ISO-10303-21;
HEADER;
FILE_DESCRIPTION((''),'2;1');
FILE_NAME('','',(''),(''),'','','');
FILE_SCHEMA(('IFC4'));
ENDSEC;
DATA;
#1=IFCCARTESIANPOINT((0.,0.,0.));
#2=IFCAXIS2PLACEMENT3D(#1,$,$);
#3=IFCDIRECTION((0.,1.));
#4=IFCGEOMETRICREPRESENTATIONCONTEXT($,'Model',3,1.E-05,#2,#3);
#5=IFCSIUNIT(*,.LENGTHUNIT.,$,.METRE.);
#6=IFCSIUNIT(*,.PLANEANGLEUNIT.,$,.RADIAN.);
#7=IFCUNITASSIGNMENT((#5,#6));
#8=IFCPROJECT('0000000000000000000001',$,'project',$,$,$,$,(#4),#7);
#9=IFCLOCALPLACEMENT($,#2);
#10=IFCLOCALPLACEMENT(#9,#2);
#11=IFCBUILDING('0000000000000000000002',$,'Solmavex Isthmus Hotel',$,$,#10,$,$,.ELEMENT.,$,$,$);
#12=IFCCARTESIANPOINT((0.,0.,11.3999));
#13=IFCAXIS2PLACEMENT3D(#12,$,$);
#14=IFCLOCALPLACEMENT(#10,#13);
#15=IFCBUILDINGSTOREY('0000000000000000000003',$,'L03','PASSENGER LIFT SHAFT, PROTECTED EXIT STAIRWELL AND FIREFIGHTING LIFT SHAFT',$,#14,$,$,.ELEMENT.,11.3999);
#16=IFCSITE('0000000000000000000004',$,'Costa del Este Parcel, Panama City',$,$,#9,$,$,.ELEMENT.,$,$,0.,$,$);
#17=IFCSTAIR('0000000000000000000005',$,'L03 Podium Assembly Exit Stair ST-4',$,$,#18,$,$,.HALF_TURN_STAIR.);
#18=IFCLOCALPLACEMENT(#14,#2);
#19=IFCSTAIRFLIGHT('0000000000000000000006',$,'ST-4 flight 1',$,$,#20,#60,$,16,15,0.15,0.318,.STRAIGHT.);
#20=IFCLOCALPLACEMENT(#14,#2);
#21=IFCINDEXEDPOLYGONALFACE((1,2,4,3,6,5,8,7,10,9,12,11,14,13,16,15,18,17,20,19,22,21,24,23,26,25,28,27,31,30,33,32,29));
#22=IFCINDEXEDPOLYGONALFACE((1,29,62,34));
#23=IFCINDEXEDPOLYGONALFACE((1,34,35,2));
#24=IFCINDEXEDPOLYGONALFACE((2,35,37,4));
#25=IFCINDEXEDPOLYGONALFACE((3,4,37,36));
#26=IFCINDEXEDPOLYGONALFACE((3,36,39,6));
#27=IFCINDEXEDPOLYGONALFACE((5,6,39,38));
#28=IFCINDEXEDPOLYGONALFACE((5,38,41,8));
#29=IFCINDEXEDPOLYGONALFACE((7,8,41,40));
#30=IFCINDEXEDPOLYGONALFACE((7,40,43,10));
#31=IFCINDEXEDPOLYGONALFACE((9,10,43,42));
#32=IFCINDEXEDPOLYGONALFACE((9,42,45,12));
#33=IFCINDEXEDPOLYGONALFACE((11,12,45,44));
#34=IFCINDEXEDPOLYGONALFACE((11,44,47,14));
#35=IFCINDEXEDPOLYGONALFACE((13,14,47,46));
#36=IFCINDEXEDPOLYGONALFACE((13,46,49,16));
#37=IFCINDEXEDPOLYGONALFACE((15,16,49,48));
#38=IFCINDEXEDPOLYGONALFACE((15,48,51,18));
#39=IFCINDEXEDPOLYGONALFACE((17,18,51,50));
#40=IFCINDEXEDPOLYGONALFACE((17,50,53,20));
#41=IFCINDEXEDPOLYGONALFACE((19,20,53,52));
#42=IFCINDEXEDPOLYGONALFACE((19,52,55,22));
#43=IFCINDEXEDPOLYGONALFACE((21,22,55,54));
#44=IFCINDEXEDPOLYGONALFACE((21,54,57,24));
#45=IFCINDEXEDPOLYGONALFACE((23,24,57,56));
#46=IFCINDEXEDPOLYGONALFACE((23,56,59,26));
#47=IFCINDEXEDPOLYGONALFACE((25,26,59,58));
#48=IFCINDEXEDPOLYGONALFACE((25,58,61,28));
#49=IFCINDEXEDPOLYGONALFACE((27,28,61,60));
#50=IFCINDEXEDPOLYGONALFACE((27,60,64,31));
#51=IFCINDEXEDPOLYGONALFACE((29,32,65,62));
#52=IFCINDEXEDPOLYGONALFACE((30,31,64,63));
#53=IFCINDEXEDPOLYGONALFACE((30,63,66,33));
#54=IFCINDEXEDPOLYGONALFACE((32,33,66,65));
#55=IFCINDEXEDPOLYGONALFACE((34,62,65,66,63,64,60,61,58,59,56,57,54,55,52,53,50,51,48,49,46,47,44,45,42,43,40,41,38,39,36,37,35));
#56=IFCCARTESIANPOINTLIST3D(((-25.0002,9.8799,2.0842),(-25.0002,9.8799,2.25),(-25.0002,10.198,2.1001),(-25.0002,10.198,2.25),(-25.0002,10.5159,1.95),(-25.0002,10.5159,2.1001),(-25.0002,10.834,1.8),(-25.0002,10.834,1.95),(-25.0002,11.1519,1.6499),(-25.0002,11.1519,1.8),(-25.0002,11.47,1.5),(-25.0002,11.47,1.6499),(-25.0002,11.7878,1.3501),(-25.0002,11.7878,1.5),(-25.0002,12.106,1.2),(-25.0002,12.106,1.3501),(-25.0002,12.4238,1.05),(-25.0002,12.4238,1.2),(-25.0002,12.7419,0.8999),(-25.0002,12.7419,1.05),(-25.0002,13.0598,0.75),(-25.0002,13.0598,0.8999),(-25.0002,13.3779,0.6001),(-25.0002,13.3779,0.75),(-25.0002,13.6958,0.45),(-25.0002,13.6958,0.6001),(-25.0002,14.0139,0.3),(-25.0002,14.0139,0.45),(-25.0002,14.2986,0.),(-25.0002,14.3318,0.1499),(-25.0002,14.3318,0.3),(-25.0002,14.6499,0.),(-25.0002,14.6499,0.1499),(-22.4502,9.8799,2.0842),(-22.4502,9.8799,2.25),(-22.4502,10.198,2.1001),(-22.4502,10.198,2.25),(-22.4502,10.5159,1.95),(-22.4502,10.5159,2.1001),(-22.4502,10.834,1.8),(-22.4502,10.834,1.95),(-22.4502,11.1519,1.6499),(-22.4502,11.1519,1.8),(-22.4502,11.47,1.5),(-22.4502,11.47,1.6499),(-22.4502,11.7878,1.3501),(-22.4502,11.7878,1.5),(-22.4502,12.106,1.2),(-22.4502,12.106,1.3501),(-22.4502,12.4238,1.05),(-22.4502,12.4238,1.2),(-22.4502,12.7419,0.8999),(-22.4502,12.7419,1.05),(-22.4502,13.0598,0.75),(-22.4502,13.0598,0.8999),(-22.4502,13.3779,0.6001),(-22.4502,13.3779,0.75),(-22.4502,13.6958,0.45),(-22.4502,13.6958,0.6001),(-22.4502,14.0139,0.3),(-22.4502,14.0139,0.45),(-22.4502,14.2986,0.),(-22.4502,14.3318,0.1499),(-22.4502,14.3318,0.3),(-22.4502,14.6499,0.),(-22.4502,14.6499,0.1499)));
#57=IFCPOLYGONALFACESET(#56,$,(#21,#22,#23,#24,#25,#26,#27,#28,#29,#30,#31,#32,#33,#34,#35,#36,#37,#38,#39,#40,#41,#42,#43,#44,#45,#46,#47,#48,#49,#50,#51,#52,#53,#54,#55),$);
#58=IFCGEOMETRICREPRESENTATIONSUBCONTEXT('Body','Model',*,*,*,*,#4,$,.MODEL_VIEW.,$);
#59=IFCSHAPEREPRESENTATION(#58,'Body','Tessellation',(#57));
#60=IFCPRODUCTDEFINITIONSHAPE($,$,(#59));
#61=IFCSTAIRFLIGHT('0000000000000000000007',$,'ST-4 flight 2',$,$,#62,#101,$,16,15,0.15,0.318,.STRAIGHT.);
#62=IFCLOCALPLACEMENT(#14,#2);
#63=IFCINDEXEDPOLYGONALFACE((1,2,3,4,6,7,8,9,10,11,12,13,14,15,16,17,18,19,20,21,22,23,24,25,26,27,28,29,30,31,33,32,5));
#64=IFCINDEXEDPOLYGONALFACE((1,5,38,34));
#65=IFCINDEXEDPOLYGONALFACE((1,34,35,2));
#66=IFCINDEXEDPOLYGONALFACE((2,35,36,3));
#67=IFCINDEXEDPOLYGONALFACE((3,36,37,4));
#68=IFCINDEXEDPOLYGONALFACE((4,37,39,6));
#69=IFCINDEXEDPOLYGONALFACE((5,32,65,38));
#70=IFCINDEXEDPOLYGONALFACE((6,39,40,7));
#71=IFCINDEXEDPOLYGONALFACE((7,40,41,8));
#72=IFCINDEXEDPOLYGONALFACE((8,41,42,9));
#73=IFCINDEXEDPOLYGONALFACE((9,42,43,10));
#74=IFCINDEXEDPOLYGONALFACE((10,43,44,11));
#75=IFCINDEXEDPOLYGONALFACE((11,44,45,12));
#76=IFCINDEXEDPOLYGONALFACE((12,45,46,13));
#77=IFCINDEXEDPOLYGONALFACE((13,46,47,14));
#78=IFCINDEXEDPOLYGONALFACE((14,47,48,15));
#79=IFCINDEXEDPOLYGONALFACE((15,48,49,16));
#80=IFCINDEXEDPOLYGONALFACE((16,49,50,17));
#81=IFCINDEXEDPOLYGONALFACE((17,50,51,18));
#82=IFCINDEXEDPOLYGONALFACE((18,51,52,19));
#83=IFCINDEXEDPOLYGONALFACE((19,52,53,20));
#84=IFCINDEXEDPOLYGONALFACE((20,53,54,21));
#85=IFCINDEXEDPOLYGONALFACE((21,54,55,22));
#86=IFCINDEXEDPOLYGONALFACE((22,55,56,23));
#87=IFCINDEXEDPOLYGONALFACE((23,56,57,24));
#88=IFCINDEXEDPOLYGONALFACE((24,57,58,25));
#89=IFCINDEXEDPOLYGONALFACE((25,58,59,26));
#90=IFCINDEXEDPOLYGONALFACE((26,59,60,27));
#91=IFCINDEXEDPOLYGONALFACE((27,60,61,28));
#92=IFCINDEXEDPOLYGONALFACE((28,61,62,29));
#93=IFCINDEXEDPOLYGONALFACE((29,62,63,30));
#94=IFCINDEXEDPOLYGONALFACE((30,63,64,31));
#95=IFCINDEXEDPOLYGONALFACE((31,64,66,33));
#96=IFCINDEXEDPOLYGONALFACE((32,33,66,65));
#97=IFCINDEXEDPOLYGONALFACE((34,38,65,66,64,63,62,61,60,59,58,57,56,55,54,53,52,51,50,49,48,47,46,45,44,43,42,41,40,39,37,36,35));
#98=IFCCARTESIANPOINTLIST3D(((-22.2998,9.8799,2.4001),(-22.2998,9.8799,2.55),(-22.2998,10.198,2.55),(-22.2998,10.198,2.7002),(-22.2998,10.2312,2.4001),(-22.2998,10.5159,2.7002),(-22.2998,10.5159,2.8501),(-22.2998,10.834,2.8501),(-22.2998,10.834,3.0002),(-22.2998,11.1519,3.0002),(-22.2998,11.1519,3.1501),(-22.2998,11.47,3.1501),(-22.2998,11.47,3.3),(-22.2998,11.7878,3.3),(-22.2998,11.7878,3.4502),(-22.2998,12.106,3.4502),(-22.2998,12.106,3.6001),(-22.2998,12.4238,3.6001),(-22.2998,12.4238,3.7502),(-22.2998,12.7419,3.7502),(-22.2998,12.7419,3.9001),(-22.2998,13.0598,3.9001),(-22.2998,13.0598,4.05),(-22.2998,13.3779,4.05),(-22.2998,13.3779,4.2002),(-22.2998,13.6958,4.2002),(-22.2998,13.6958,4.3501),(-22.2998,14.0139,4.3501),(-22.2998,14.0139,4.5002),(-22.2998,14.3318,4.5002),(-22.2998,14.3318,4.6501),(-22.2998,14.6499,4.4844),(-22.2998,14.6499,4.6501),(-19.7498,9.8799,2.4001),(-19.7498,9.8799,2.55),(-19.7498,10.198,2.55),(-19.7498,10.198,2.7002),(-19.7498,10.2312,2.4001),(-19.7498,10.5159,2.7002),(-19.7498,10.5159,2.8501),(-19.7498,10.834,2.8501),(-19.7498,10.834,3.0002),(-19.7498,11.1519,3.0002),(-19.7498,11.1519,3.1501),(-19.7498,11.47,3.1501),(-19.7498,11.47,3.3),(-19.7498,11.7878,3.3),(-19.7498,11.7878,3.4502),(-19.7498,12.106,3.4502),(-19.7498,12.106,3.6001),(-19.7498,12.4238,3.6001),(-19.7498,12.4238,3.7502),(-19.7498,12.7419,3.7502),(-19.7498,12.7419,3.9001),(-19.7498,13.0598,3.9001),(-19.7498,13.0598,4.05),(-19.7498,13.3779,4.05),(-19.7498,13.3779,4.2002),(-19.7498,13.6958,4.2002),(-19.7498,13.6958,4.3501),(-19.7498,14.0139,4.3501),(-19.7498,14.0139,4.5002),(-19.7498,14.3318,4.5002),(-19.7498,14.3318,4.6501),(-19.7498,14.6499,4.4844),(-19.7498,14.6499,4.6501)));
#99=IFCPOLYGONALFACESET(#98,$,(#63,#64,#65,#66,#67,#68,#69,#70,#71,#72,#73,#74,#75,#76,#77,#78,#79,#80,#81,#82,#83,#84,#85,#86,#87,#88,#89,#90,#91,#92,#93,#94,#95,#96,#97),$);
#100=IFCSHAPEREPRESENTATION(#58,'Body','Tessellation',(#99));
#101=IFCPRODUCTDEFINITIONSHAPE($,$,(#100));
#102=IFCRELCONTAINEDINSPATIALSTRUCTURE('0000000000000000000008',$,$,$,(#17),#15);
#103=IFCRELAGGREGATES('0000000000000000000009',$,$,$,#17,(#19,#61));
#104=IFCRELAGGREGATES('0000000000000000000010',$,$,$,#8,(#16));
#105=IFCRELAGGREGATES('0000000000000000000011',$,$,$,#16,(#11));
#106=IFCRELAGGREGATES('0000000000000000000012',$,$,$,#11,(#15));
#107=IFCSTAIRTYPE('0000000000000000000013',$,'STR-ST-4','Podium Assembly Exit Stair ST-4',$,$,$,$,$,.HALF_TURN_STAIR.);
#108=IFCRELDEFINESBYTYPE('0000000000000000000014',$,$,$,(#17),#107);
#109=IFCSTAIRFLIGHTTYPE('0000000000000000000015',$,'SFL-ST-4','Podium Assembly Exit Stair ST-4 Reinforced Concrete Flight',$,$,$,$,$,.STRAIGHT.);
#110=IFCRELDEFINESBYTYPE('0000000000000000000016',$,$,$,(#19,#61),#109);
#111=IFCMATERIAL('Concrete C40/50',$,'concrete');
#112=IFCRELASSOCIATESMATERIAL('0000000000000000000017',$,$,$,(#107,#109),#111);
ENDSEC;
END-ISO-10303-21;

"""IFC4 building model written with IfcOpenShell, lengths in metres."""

from ifc_helpers import new_model, si_unit, direction, frame, origin, place, context, subcontext, project, spatial, polyline, outline, extrude, material, type_object, element, aggregate, save


model = new_model("IFC4")

# Units and contexts
model_context = context("Model", 3, precision=1e-05, world=origin(), true_north=direction((0.0, 1.0)))
body_context = subcontext(model_context, "Body", "Model", "MODEL_VIEW")
ifc_project = project(units=[si_unit("LENGTHUNIT", "METRE"), si_unit("PLANEANGLEUNIT", "RADIAN")], contexts=[model_context])

# Site, building, storey
site_placement = place(None, origin())
site = spatial("IfcSite", under=ifc_project, at=site_placement, Name="Costa del Este Parcel, Panama City", CompositionType="ELEMENT", RefElevation=0.0)
building_placement = place(site_placement, origin())
building = spatial("IfcBuilding", under=site, at=building_placement, Name="Solmavex Isthmus Hotel", CompositionType="ELEMENT")
storey_placement = place(building_placement, frame((0.0, 0.0, 11.3999)))
storey = spatial("IfcBuildingStorey", under=building, at=storey_placement, Name="L03", Description="PASSENGER LIFT SHAFT, PROTECTED EXIT STAIRWELL AND FIREFIGHTING LIFT SHAFT", CompositionType="ELEMENT", Elevation=11.3999)

# Shared definitions
ifc_material_1 = material(Name="Concrete C40/50", Category="concrete")

# Stair, stair flights
stair_type = type_object("IfcStairType", Name="STR-ST-4", Description="Podium Assembly Exit Stair ST-4", PredefinedType="HALF_TURN_STAIR", material=ifc_material_1)
stair_placement = place(storey_placement, origin())
stair = element("IfcStair", 1, at=stair_placement, inside=storey, type_object=stair_type, Name="L03 Podium Assembly Exit Stair ST-4", PredefinedType="HALF_TURN_STAIR")
stair_flight_type = type_object("IfcStairFlightType", Name="SFL-ST-4", Description="Podium Assembly Exit Stair ST-4 Reinforced Concrete Flight", PredefinedType="STRAIGHT", material=ifc_material_1)
stair_flight_1_placement = place(storey_placement, frame((-23.7251, 14.6499, 0.0), z_axis=(0.0, 0.0, 1.0), x_axis=(0.0, -1.0, 0.0)))
stair_flight_1 = element("IfcStairFlight", 2, at=stair_flight_1_placement, type_object=stair_flight_type, Name="ST-4 flight 1", NumberOfRisers=16, NumberOfTreads=15, PredefinedType="STRAIGHT", RiserHeight=0.15, TreadLength=0.318, context=body_context, shape_type="SweptSolid", body=[
    extrude(outline(polyline([(0.0, 0.0), (0.0, 0.1499), (0.3181, 0.1499), (0.3181, 0.3), (0.636, 0.3), (0.636, 0.45), (0.9541, 0.45), (0.9541, 0.6001), (1.272, 0.6001), (1.272, 0.75), (1.5901, 0.75), (1.5901, 0.8999), (1.908, 0.8999), (1.908, 1.05), (2.2261, 1.05), (2.2261, 1.2), (2.5439, 1.2), (2.5439, 1.3501), (2.8621, 1.3501), (2.8621, 1.5), (3.1799, 1.5), (3.1799, 1.6499), (3.498, 1.6499), (3.498, 1.8), (3.8159, 1.8), (3.8159, 1.95), (4.134, 1.95), (4.134, 2.1001), (4.4519, 2.1001), (4.4519, 2.25), (4.77, 2.25), (4.77, 2.3999), (4.77, 2.0842), (0.3513, 0.0), (0.0, 0.0)])), frame((0.0, 1.2749, 0.0), z_axis=(0.0, -1.0, 0.0), x_axis=(1.0, 0.0, 0.0)), (0.0, 0.0, 1.0), 2.55),
])
stair_flight_2_placement = place(storey_placement, frame((-21.0249, 9.8799, 2.4001), z_axis=(0.0, 0.0, 1.0), x_axis=(0.0, 1.0, 0.0)))
stair_flight_2 = element("IfcStairFlight", 3, at=stair_flight_2_placement, type_object=stair_flight_type, Name="ST-4 flight 2", NumberOfRisers=16, NumberOfTreads=15, PredefinedType="STRAIGHT", RiserHeight=0.15, TreadLength=0.318, context=body_context, shape_type="SweptSolid", body=[
    extrude(outline(polyline([(0.0, 0.0), (0.0, 0.1499), (0.3181, 0.1499), (0.3181, 0.3), (0.636, 0.3), (0.636, 0.45), (0.9541, 0.45), (0.9541, 0.6001), (1.272, 0.6001), (1.272, 0.75), (1.5901, 0.75), (1.5901, 0.8999), (1.908, 0.8999), (1.908, 1.05), (2.2261, 1.05), (2.2261, 1.2), (2.5439, 1.2), (2.5439, 1.3501), (2.8621, 1.3501), (2.8621, 1.5), (3.1799, 1.5), (3.1799, 1.6499), (3.498, 1.6499), (3.498, 1.8), (3.8159, 1.8), (3.8159, 1.95), (4.134, 1.95), (4.134, 2.1001), (4.4519, 2.1001), (4.4519, 2.25), (4.77, 2.25), (4.77, 2.3999), (4.77, 2.0842), (0.3513, 0.0), (0.0, 0.0)])), frame((0.0, 1.2749, 0.0), z_axis=(0.0, -1.0, 0.0), x_axis=(1.0, 0.0, 0.0)), (0.0, 0.0, 1.0), 2.55),
])
aggregate(stair, [stair_flight_1, stair_flight_2])

save(model, "model.ifc")
